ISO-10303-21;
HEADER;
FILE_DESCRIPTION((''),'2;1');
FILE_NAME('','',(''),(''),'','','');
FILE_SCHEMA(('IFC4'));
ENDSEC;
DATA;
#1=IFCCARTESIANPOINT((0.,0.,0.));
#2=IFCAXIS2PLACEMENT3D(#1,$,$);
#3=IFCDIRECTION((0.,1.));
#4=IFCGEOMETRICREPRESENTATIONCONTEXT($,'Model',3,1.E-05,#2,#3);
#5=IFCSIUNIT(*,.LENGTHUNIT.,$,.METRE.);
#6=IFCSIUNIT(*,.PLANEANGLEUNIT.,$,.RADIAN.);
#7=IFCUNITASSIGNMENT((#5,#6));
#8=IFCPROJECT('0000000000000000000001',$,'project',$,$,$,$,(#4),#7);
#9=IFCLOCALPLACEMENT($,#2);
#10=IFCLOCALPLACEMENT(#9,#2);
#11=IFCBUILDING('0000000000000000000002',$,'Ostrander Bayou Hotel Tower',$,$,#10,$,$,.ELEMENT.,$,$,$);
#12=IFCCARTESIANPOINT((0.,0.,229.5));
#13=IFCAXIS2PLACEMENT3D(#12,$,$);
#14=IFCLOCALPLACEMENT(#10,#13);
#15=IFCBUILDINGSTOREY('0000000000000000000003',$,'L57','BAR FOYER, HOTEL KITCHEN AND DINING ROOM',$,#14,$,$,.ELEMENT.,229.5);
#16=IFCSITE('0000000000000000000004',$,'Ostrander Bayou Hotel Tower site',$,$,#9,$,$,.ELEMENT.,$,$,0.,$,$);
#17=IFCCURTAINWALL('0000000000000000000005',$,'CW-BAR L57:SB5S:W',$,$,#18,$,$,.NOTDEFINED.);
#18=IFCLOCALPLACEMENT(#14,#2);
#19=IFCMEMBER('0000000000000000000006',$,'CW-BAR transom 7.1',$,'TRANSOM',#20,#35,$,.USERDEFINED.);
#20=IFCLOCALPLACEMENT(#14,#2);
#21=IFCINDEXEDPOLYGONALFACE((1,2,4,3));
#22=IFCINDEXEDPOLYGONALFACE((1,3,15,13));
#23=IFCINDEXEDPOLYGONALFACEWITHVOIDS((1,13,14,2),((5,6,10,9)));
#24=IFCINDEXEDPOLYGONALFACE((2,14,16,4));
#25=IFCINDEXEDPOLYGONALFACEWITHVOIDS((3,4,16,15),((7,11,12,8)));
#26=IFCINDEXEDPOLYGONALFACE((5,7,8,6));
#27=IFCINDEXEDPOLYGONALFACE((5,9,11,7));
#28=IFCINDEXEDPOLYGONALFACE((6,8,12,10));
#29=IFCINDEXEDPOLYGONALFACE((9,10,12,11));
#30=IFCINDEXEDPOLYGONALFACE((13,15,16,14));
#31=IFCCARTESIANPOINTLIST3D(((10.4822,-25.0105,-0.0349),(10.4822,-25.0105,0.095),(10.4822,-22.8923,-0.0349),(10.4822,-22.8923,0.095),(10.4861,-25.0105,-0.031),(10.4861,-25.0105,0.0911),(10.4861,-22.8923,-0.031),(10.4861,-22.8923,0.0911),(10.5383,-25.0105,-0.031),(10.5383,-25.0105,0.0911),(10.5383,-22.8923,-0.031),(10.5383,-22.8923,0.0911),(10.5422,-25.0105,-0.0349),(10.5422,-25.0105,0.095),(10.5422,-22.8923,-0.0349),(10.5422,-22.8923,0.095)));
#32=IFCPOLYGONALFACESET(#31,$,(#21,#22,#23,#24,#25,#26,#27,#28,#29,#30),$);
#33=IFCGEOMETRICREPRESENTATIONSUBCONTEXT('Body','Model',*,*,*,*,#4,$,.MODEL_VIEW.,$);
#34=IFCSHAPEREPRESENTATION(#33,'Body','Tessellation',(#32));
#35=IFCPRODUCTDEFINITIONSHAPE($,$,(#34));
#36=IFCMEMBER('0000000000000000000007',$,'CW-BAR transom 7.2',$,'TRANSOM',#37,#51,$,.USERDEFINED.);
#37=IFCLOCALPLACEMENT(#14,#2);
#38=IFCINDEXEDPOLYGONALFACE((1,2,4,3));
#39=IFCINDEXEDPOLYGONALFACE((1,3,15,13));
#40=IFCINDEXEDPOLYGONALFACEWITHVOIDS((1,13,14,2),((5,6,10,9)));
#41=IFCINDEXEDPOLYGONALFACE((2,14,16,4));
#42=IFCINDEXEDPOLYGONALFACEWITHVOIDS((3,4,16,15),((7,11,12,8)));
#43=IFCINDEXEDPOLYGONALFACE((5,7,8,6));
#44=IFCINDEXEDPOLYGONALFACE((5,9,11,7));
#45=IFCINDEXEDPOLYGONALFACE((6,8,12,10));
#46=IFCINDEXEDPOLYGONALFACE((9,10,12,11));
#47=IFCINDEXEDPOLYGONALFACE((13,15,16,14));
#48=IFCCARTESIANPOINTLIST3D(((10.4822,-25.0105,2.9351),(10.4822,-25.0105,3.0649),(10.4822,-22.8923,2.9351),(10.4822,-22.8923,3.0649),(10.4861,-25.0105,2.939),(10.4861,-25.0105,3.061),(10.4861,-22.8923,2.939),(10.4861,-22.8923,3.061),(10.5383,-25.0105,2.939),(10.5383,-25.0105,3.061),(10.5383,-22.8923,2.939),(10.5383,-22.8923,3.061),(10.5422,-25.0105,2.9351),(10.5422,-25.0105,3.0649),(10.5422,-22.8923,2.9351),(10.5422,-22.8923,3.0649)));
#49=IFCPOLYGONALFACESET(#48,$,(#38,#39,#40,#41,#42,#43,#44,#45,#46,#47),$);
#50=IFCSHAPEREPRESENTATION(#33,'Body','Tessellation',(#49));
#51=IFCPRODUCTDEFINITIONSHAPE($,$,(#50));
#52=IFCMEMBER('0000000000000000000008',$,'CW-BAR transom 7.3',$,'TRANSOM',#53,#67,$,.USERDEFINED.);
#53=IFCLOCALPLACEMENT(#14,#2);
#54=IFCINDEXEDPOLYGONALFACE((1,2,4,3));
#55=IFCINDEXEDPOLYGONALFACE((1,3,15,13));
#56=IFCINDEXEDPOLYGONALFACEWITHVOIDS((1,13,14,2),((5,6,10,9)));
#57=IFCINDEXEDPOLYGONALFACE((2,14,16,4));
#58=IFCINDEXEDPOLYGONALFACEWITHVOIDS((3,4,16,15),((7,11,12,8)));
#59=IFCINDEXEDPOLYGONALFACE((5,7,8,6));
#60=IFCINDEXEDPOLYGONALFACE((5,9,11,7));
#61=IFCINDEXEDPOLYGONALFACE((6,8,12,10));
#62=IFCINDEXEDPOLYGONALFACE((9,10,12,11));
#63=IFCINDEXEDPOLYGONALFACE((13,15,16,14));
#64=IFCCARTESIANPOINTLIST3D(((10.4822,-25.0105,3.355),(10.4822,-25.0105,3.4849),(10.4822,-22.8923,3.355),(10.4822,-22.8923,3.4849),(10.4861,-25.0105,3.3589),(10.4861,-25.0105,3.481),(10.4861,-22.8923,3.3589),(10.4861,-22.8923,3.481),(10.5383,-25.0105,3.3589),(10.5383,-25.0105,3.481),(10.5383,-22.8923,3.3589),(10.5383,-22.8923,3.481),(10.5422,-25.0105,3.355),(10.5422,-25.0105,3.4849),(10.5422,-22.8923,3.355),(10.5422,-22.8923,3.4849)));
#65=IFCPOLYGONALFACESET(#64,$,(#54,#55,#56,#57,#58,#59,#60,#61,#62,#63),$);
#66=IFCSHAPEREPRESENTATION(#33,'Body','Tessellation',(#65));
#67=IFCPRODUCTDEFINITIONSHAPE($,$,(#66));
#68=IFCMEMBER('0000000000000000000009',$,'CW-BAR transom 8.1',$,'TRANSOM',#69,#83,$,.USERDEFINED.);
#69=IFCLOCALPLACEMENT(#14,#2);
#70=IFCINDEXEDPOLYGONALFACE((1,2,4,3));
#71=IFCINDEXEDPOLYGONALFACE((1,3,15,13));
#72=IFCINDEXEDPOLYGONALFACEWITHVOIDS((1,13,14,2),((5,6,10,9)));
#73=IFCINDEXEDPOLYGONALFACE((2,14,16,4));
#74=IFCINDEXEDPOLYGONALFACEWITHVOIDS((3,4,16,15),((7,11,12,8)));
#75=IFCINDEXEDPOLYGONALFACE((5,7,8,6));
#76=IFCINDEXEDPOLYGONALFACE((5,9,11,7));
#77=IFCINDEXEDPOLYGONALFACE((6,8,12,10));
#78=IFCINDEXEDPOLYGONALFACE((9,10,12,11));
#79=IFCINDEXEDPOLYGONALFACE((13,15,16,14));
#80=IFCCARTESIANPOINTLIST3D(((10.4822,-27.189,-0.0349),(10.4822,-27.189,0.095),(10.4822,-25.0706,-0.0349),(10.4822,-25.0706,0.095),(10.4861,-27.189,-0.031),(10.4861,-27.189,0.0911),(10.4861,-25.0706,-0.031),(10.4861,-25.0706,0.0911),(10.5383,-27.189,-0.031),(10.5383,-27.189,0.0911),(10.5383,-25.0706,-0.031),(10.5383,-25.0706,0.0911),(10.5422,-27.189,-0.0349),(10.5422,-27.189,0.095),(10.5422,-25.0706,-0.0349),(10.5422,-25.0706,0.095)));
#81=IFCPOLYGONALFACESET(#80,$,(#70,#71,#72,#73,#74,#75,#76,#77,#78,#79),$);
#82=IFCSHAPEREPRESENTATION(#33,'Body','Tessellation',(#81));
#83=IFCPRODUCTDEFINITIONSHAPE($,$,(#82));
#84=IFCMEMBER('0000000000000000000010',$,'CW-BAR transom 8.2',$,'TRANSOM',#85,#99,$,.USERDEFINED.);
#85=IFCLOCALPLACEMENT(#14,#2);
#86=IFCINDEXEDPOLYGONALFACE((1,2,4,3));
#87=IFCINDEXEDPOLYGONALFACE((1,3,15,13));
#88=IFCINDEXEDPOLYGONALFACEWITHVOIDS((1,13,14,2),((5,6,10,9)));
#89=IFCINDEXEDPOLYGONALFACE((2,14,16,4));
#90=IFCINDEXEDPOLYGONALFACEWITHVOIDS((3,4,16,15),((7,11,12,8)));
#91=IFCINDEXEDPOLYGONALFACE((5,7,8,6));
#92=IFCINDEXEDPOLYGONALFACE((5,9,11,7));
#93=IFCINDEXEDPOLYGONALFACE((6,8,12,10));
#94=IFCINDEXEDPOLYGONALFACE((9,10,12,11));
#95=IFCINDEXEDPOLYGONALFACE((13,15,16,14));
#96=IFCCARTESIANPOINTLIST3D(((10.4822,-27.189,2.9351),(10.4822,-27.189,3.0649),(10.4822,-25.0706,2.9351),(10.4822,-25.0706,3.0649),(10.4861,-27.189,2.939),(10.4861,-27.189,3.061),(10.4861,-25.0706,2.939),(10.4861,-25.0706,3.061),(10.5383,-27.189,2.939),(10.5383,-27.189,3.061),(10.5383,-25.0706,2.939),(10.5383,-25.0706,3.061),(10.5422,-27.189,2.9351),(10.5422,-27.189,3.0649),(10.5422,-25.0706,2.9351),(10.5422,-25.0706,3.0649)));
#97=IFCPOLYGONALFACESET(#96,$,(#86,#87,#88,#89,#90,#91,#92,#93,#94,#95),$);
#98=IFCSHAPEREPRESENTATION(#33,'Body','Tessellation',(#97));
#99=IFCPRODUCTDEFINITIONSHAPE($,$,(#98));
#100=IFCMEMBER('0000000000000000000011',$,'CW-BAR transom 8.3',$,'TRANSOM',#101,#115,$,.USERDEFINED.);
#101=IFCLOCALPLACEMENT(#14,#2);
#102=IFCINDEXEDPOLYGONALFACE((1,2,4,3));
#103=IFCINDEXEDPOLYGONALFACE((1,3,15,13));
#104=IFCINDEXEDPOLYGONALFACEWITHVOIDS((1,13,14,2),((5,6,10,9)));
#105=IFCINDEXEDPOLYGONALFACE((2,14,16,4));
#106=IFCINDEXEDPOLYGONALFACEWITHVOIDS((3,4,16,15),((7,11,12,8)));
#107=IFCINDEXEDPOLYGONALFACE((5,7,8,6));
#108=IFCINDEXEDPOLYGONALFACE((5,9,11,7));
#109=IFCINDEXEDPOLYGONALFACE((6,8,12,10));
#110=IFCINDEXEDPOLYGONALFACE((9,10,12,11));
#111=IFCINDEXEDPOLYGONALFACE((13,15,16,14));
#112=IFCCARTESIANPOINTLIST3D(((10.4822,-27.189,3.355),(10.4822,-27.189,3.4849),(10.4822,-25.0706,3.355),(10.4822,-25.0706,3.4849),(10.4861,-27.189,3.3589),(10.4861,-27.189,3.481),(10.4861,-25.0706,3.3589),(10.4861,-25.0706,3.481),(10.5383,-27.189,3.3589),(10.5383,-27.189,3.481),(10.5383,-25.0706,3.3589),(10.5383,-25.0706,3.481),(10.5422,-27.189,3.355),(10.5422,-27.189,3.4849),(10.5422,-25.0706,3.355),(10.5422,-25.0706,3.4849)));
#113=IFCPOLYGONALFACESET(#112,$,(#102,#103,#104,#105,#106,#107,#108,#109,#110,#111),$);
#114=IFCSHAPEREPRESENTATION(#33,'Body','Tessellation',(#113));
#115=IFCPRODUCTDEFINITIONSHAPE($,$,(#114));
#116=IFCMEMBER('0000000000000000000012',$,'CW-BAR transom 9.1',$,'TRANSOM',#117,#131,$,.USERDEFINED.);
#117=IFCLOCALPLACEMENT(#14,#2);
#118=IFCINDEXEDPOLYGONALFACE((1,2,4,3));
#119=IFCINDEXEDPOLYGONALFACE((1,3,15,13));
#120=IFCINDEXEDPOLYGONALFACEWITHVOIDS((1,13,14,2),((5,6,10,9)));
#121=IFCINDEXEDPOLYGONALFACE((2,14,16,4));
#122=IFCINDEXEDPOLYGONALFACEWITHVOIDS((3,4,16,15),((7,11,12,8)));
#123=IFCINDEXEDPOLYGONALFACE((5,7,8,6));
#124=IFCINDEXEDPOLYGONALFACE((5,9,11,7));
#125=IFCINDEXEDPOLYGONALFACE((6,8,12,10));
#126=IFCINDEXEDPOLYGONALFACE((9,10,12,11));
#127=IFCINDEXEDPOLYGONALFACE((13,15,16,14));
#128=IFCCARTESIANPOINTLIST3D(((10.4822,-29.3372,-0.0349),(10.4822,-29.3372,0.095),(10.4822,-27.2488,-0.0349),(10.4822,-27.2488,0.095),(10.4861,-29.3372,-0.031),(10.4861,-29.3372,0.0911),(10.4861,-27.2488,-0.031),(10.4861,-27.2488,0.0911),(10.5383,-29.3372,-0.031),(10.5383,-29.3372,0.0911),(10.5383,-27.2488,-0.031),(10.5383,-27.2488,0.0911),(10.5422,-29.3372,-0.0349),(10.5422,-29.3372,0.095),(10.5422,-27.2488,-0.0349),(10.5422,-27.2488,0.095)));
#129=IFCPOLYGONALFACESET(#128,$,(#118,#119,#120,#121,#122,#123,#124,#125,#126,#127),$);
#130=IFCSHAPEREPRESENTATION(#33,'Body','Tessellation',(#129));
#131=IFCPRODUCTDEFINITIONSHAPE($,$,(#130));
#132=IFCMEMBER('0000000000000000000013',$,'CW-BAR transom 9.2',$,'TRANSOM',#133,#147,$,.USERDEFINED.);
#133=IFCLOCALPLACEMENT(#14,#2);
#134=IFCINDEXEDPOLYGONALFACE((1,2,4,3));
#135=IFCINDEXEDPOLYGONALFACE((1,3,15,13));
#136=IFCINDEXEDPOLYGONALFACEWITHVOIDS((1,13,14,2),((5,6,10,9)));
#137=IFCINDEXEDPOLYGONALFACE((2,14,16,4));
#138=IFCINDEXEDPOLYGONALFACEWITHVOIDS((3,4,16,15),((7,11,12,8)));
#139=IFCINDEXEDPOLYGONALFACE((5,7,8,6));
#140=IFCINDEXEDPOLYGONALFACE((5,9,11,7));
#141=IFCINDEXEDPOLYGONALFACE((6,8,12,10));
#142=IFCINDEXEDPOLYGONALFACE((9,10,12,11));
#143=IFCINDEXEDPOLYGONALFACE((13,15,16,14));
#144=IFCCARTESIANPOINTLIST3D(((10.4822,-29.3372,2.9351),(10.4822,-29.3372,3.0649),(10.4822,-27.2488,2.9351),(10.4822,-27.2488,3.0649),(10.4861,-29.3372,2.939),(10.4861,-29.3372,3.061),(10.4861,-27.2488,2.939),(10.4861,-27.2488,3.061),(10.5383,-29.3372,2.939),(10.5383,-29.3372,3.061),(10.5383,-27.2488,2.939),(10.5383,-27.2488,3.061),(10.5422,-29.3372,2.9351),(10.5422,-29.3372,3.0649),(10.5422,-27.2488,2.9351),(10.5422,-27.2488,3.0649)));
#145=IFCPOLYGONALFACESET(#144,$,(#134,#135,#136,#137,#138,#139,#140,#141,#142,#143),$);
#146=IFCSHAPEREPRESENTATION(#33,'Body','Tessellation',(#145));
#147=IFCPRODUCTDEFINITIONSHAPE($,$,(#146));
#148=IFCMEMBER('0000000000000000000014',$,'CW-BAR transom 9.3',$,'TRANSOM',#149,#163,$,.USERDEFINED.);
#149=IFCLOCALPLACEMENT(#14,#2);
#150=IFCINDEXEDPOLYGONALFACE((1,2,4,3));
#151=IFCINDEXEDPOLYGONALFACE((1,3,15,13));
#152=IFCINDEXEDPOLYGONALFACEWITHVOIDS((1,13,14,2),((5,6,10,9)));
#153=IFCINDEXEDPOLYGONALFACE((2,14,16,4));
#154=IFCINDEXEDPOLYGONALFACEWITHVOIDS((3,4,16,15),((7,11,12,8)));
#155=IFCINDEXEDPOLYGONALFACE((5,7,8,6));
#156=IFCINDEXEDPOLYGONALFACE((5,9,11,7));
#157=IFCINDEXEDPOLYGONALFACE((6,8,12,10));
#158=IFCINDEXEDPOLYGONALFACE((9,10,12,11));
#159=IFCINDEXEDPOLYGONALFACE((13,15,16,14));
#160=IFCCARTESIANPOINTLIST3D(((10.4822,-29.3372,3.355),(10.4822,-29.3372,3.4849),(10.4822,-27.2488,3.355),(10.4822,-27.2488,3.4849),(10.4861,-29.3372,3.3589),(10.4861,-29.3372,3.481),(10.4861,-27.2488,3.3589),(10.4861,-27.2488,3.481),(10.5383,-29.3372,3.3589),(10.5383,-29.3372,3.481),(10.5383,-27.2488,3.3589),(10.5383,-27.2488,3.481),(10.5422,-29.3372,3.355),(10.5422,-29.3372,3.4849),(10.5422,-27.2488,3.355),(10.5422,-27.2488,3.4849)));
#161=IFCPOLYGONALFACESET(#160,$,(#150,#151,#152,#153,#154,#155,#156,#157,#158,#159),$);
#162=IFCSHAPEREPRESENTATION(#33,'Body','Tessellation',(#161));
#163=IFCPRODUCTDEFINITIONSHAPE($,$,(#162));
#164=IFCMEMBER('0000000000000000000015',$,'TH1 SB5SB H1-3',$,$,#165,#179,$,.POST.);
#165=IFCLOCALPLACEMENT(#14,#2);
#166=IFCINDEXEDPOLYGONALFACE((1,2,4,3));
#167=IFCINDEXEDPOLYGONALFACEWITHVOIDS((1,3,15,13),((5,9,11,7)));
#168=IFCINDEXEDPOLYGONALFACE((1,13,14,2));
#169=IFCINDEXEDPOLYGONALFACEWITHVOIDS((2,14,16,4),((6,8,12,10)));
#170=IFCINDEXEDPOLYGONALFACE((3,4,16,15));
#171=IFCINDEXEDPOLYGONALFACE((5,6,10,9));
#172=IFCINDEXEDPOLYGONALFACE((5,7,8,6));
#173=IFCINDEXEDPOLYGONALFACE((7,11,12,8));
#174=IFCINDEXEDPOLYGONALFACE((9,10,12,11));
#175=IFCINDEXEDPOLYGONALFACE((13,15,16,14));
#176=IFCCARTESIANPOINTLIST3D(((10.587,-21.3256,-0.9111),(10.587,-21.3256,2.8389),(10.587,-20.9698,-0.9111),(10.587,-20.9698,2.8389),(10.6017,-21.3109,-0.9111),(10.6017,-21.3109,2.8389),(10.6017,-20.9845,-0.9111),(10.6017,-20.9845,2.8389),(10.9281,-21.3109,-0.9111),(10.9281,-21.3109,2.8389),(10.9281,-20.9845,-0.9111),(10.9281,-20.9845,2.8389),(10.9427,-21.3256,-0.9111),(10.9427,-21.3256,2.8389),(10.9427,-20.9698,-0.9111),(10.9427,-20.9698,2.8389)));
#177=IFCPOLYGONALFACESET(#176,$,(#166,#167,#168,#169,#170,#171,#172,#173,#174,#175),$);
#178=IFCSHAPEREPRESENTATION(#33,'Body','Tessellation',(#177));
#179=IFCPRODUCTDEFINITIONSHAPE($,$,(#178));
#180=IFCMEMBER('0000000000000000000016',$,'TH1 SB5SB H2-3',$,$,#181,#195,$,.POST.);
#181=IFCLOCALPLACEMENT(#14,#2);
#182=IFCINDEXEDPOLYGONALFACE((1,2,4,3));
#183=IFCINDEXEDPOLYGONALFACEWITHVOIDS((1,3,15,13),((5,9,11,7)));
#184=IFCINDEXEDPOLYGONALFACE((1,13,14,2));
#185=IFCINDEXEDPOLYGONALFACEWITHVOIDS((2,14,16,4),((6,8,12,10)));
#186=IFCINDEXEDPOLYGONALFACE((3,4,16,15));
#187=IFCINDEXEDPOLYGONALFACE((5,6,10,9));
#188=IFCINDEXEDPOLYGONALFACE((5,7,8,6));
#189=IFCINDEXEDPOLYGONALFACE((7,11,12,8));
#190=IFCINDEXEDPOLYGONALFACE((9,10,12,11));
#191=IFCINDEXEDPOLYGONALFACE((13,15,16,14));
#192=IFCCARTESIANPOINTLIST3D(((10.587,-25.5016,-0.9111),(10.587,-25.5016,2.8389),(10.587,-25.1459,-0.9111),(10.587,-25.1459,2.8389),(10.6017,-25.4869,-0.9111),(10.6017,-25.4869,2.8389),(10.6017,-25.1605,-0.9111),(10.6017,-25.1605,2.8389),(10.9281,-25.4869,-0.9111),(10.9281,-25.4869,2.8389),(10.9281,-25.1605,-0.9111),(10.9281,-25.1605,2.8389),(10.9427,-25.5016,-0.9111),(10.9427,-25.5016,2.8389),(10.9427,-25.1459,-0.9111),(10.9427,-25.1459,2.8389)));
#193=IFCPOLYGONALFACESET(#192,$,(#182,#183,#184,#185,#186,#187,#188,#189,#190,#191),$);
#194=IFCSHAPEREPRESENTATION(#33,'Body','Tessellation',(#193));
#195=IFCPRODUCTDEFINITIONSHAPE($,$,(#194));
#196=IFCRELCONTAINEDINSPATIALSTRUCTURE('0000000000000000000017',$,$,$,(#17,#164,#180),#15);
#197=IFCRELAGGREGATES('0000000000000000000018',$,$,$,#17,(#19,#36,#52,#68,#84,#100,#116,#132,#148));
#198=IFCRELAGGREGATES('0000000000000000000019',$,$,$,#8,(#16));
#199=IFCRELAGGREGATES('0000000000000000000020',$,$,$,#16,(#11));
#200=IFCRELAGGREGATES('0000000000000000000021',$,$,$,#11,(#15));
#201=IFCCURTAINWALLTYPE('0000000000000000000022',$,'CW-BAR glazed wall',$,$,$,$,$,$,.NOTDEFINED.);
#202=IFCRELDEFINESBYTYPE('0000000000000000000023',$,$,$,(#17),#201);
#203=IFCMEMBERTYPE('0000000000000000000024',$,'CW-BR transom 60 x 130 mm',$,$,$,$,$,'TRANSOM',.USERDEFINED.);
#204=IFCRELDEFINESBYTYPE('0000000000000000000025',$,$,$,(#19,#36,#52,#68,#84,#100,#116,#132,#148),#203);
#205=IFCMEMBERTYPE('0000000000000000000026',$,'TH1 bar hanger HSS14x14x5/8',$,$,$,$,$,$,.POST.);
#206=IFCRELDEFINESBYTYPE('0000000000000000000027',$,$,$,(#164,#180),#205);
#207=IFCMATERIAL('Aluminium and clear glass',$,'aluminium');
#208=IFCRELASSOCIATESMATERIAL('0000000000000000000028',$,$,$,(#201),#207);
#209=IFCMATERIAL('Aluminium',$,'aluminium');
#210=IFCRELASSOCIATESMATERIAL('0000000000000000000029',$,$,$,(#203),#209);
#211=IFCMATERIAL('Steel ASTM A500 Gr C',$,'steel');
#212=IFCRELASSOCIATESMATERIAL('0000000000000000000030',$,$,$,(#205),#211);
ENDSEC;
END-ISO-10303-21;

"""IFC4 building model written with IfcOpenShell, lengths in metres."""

from ifc_helpers import new_model, si_unit, direction, frame, origin, origin_2d, place, context, subcontext, project, spatial, hollow_rectangle, extrude, material, material_profile, profile_set, type_object, element, aggregate, save


model = new_model("IFC4")

# Units and contexts
model_context = context("Model", 3, precision=1e-05, world=origin(), true_north=direction((0.0, 1.0)))
body_context = subcontext(model_context, "Body", "Model", "MODEL_VIEW")
ifc_project = project(units=[si_unit("LENGTHUNIT", "METRE"), si_unit("PLANEANGLEUNIT", "RADIAN")], contexts=[model_context])

# Site, building, storey
site_placement = place(None, origin())
site = spatial("IfcSite", under=ifc_project, at=site_placement, Name="Ostrander Bayou Hotel Tower site", CompositionType="ELEMENT", RefElevation=0.0)
building_placement = place(site_placement, origin())
building = spatial("IfcBuilding", under=site, at=building_placement, Name="Ostrander Bayou Hotel Tower", CompositionType="ELEMENT")
storey_placement = place(building_placement, frame((0.0, 0.0, 229.5)))
storey = spatial("IfcBuildingStorey", under=building, at=storey_placement, Name="L57", Description="BAR FOYER, HOTEL KITCHEN AND DINING ROOM", CompositionType="ELEMENT", Elevation=229.5)

# Shared definitions
ifc_material_1 = material(Name="Aluminium and clear glass", Category="aluminium")
curtain_wall_type = type_object("IfcCurtainWallType", Name="CW-BAR glazed wall", PredefinedType="NOTDEFINED", material=ifc_material_1)

# Curtain wall, members
curtain_wall_1_placement = place(storey_placement, origin())
curtain_wall_1 = element("IfcCurtainWall", 1, at=curtain_wall_1_placement, inside=storey, type_object=curtain_wall_type, Name="CW-BAR L57:SB5S:W", PredefinedType="NOTDEFINED")
ifc_material_2 = material(Name="Aluminium", Category="aluminium")
ifc_material_profile_1 = material_profile(ifc_material_2, hollow_rectangle(XDim=0.0601, YDim=0.1299, WallThickness=0.0039, at=origin_2d()))
ifc_profile_set_1 = profile_set([ifc_material_profile_1], Name="Aluminium")
member_type_1 = type_object("IfcMemberType", Name="CW-BR transom 60 x 130 mm", ElementType="TRANSOM", PredefinedType="USERDEFINED", material=ifc_profile_set_1)
member_1_placement = place(storey_placement, frame((10.5122, -22.8923, 0.03), z_axis=(0.0, -1.0, 0.0), x_axis=(1.0, 0.0, 0.0)))
member_1 = element("IfcMember", 2, at=member_1_placement, type_object=member_type_1, Name="CW-BAR transom 7.1", ObjectType="TRANSOM", PredefinedType="USERDEFINED", context=body_context, shape_type="SweptSolid", body=[
    extrude(hollow_rectangle(XDim=0.0601, YDim=0.1299, WallThickness=0.0039, at=origin_2d()), origin(), (0.0, 0.0, 1.0), 2.1182),
])
member_2_placement = place(storey_placement, frame((10.5122, -22.8923, 3.0), z_axis=(0.0, -1.0, 0.0), x_axis=(1.0, 0.0, 0.0)))
member_2 = element("IfcMember", 3, at=member_2_placement, type_object=member_type_1, Name="CW-BAR transom 7.2", ObjectType="TRANSOM", PredefinedType="USERDEFINED", context=body_context, shape_type="SweptSolid", body=[
    extrude(hollow_rectangle(XDim=0.0601, YDim=0.1299, WallThickness=0.0039, at=origin_2d()), origin(), (0.0, 0.0, 1.0), 2.1182),
])
member_3_placement = place(storey_placement, frame((10.5122, -22.8923, 3.4199), z_axis=(0.0, -1.0, 0.0), x_axis=(1.0, 0.0, 0.0)))
member_3 = element("IfcMember", 4, at=member_3_placement, type_object=member_type_1, Name="CW-BAR transom 7.3", ObjectType="TRANSOM", PredefinedType="USERDEFINED", context=body_context, shape_type="SweptSolid", body=[
    extrude(hollow_rectangle(XDim=0.0601, YDim=0.1299, WallThickness=0.0039, at=origin_2d()), origin(), (0.0, 0.0, 1.0), 2.1182),
])
member_4_placement = place(storey_placement, frame((10.5122, -25.0706, 0.03), z_axis=(0.0, -1.0, 0.0), x_axis=(1.0, 0.0, 0.0)))
member_4 = element("IfcMember", 5, at=member_4_placement, type_object=member_type_1, Name="CW-BAR transom 8.1", ObjectType="TRANSOM", PredefinedType="USERDEFINED", context=body_context, shape_type="SweptSolid", body=[
    extrude(hollow_rectangle(XDim=0.0601, YDim=0.1299, WallThickness=0.0039, at=origin_2d()), origin(), (0.0, 0.0, 1.0), 2.1184),
])
member_5_placement = place(storey_placement, frame((10.5122, -25.0706, 3.0), z_axis=(0.0, -1.0, 0.0), x_axis=(1.0, 0.0, 0.0)))
member_5 = element("IfcMember", 6, at=member_5_placement, type_object=member_type_1, Name="CW-BAR transom 8.2", ObjectType="TRANSOM", PredefinedType="USERDEFINED", context=body_context, shape_type="SweptSolid", body=[
    extrude(hollow_rectangle(XDim=0.0601, YDim=0.1299, WallThickness=0.0039, at=origin_2d()), origin(), (0.0, 0.0, 1.0), 2.1184),
])
member_6_placement = place(storey_placement, frame((10.5122, -25.0706, 3.4199), z_axis=(0.0, -1.0, 0.0), x_axis=(1.0, 0.0, 0.0)))
member_6 = element("IfcMember", 7, at=member_6_placement, type_object=member_type_1, Name="CW-BAR transom 8.3", ObjectType="TRANSOM", PredefinedType="USERDEFINED", context=body_context, shape_type="SweptSolid", body=[
    extrude(hollow_rectangle(XDim=0.0601, YDim=0.1299, WallThickness=0.0039, at=origin_2d()), origin(), (0.0, 0.0, 1.0), 2.1184),
])
member_7_placement = place(storey_placement, frame((10.5122, -27.2488, 0.03), z_axis=(0.0, -1.0, 0.0), x_axis=(1.0, 0.0, 0.0)))
member_7 = element("IfcMember", 8, at=member_7_placement, type_object=member_type_1, Name="CW-BAR transom 9.1", ObjectType="TRANSOM", PredefinedType="USERDEFINED", context=body_context, shape_type="SweptSolid", body=[
    extrude(hollow_rectangle(XDim=0.0601, YDim=0.1299, WallThickness=0.0039, at=origin_2d()), origin(), (0.0, 0.0, 1.0), 2.0884),
])
member_8_placement = place(storey_placement, frame((10.5122, -27.2488, 3.0), z_axis=(0.0, -1.0, 0.0), x_axis=(1.0, 0.0, 0.0)))
member_8 = element("IfcMember", 9, at=member_8_placement, type_object=member_type_1, Name="CW-BAR transom 9.2", ObjectType="TRANSOM", PredefinedType="USERDEFINED", context=body_context, shape_type="SweptSolid", body=[
    extrude(hollow_rectangle(XDim=0.0601, YDim=0.1299, WallThickness=0.0039, at=origin_2d()), origin(), (0.0, 0.0, 1.0), 2.0884),
])
member_9_placement = place(storey_placement, frame((10.5122, -27.2488, 3.4199), z_axis=(0.0, -1.0, 0.0), x_axis=(1.0, 0.0, 0.0)))
member_9 = element("IfcMember", 10, at=member_9_placement, type_object=member_type_1, Name="CW-BAR transom 9.3", ObjectType="TRANSOM", PredefinedType="USERDEFINED", context=body_context, shape_type="SweptSolid", body=[
    extrude(hollow_rectangle(XDim=0.0601, YDim=0.1299, WallThickness=0.0039, at=origin_2d()), origin(), (0.0, 0.0, 1.0), 2.0884),
])

# Members
ifc_material_3 = material(Name="Steel ASTM A500 Gr C", Category="steel")
ifc_material_profile_2 = material_profile(ifc_material_3, hollow_rectangle(XDim=0.3557, YDim=0.3557, WallThickness=0.0146, at=origin_2d()))
ifc_profile_set_2 = profile_set([ifc_material_profile_2], Name="Steel ASTM A500 Gr C")
member_type_2 = type_object("IfcMemberType", Name="TH1 bar hanger HSS14x14x5/8", PredefinedType="POST", material=ifc_profile_set_2)
for number, where, z_axis, x_axis, name in (
    (11, (10.7649, -21.1477, -0.9111), (0.0, 0.0, 1.0), (1.0, 0.0, 0.0), "TH1 SB5SB H1-3"),
    (12, (10.7649, -25.3237, -0.9111), (0.0, 0.0, 1.0), (1.0, 0.0, 0.0), "TH1 SB5SB H2-3"),
):
    element("IfcMember", number, at=place(storey_placement, frame(where, z_axis=z_axis, x_axis=x_axis)), inside=storey, type_object=member_type_2, Name=name, PredefinedType="POST", context=body_context, shape_type="SweptSolid", body=[
        extrude(hollow_rectangle(XDim=0.3557, YDim=0.3557, WallThickness=0.0146, at=origin_2d()), origin(), (0.0, 0.0, 1.0), 3.75),
    ])

aggregate(curtain_wall_1, [member_1, member_2, member_3, member_4, member_5, member_6, member_7, member_8, member_9])

save(model, "model.ifc")
